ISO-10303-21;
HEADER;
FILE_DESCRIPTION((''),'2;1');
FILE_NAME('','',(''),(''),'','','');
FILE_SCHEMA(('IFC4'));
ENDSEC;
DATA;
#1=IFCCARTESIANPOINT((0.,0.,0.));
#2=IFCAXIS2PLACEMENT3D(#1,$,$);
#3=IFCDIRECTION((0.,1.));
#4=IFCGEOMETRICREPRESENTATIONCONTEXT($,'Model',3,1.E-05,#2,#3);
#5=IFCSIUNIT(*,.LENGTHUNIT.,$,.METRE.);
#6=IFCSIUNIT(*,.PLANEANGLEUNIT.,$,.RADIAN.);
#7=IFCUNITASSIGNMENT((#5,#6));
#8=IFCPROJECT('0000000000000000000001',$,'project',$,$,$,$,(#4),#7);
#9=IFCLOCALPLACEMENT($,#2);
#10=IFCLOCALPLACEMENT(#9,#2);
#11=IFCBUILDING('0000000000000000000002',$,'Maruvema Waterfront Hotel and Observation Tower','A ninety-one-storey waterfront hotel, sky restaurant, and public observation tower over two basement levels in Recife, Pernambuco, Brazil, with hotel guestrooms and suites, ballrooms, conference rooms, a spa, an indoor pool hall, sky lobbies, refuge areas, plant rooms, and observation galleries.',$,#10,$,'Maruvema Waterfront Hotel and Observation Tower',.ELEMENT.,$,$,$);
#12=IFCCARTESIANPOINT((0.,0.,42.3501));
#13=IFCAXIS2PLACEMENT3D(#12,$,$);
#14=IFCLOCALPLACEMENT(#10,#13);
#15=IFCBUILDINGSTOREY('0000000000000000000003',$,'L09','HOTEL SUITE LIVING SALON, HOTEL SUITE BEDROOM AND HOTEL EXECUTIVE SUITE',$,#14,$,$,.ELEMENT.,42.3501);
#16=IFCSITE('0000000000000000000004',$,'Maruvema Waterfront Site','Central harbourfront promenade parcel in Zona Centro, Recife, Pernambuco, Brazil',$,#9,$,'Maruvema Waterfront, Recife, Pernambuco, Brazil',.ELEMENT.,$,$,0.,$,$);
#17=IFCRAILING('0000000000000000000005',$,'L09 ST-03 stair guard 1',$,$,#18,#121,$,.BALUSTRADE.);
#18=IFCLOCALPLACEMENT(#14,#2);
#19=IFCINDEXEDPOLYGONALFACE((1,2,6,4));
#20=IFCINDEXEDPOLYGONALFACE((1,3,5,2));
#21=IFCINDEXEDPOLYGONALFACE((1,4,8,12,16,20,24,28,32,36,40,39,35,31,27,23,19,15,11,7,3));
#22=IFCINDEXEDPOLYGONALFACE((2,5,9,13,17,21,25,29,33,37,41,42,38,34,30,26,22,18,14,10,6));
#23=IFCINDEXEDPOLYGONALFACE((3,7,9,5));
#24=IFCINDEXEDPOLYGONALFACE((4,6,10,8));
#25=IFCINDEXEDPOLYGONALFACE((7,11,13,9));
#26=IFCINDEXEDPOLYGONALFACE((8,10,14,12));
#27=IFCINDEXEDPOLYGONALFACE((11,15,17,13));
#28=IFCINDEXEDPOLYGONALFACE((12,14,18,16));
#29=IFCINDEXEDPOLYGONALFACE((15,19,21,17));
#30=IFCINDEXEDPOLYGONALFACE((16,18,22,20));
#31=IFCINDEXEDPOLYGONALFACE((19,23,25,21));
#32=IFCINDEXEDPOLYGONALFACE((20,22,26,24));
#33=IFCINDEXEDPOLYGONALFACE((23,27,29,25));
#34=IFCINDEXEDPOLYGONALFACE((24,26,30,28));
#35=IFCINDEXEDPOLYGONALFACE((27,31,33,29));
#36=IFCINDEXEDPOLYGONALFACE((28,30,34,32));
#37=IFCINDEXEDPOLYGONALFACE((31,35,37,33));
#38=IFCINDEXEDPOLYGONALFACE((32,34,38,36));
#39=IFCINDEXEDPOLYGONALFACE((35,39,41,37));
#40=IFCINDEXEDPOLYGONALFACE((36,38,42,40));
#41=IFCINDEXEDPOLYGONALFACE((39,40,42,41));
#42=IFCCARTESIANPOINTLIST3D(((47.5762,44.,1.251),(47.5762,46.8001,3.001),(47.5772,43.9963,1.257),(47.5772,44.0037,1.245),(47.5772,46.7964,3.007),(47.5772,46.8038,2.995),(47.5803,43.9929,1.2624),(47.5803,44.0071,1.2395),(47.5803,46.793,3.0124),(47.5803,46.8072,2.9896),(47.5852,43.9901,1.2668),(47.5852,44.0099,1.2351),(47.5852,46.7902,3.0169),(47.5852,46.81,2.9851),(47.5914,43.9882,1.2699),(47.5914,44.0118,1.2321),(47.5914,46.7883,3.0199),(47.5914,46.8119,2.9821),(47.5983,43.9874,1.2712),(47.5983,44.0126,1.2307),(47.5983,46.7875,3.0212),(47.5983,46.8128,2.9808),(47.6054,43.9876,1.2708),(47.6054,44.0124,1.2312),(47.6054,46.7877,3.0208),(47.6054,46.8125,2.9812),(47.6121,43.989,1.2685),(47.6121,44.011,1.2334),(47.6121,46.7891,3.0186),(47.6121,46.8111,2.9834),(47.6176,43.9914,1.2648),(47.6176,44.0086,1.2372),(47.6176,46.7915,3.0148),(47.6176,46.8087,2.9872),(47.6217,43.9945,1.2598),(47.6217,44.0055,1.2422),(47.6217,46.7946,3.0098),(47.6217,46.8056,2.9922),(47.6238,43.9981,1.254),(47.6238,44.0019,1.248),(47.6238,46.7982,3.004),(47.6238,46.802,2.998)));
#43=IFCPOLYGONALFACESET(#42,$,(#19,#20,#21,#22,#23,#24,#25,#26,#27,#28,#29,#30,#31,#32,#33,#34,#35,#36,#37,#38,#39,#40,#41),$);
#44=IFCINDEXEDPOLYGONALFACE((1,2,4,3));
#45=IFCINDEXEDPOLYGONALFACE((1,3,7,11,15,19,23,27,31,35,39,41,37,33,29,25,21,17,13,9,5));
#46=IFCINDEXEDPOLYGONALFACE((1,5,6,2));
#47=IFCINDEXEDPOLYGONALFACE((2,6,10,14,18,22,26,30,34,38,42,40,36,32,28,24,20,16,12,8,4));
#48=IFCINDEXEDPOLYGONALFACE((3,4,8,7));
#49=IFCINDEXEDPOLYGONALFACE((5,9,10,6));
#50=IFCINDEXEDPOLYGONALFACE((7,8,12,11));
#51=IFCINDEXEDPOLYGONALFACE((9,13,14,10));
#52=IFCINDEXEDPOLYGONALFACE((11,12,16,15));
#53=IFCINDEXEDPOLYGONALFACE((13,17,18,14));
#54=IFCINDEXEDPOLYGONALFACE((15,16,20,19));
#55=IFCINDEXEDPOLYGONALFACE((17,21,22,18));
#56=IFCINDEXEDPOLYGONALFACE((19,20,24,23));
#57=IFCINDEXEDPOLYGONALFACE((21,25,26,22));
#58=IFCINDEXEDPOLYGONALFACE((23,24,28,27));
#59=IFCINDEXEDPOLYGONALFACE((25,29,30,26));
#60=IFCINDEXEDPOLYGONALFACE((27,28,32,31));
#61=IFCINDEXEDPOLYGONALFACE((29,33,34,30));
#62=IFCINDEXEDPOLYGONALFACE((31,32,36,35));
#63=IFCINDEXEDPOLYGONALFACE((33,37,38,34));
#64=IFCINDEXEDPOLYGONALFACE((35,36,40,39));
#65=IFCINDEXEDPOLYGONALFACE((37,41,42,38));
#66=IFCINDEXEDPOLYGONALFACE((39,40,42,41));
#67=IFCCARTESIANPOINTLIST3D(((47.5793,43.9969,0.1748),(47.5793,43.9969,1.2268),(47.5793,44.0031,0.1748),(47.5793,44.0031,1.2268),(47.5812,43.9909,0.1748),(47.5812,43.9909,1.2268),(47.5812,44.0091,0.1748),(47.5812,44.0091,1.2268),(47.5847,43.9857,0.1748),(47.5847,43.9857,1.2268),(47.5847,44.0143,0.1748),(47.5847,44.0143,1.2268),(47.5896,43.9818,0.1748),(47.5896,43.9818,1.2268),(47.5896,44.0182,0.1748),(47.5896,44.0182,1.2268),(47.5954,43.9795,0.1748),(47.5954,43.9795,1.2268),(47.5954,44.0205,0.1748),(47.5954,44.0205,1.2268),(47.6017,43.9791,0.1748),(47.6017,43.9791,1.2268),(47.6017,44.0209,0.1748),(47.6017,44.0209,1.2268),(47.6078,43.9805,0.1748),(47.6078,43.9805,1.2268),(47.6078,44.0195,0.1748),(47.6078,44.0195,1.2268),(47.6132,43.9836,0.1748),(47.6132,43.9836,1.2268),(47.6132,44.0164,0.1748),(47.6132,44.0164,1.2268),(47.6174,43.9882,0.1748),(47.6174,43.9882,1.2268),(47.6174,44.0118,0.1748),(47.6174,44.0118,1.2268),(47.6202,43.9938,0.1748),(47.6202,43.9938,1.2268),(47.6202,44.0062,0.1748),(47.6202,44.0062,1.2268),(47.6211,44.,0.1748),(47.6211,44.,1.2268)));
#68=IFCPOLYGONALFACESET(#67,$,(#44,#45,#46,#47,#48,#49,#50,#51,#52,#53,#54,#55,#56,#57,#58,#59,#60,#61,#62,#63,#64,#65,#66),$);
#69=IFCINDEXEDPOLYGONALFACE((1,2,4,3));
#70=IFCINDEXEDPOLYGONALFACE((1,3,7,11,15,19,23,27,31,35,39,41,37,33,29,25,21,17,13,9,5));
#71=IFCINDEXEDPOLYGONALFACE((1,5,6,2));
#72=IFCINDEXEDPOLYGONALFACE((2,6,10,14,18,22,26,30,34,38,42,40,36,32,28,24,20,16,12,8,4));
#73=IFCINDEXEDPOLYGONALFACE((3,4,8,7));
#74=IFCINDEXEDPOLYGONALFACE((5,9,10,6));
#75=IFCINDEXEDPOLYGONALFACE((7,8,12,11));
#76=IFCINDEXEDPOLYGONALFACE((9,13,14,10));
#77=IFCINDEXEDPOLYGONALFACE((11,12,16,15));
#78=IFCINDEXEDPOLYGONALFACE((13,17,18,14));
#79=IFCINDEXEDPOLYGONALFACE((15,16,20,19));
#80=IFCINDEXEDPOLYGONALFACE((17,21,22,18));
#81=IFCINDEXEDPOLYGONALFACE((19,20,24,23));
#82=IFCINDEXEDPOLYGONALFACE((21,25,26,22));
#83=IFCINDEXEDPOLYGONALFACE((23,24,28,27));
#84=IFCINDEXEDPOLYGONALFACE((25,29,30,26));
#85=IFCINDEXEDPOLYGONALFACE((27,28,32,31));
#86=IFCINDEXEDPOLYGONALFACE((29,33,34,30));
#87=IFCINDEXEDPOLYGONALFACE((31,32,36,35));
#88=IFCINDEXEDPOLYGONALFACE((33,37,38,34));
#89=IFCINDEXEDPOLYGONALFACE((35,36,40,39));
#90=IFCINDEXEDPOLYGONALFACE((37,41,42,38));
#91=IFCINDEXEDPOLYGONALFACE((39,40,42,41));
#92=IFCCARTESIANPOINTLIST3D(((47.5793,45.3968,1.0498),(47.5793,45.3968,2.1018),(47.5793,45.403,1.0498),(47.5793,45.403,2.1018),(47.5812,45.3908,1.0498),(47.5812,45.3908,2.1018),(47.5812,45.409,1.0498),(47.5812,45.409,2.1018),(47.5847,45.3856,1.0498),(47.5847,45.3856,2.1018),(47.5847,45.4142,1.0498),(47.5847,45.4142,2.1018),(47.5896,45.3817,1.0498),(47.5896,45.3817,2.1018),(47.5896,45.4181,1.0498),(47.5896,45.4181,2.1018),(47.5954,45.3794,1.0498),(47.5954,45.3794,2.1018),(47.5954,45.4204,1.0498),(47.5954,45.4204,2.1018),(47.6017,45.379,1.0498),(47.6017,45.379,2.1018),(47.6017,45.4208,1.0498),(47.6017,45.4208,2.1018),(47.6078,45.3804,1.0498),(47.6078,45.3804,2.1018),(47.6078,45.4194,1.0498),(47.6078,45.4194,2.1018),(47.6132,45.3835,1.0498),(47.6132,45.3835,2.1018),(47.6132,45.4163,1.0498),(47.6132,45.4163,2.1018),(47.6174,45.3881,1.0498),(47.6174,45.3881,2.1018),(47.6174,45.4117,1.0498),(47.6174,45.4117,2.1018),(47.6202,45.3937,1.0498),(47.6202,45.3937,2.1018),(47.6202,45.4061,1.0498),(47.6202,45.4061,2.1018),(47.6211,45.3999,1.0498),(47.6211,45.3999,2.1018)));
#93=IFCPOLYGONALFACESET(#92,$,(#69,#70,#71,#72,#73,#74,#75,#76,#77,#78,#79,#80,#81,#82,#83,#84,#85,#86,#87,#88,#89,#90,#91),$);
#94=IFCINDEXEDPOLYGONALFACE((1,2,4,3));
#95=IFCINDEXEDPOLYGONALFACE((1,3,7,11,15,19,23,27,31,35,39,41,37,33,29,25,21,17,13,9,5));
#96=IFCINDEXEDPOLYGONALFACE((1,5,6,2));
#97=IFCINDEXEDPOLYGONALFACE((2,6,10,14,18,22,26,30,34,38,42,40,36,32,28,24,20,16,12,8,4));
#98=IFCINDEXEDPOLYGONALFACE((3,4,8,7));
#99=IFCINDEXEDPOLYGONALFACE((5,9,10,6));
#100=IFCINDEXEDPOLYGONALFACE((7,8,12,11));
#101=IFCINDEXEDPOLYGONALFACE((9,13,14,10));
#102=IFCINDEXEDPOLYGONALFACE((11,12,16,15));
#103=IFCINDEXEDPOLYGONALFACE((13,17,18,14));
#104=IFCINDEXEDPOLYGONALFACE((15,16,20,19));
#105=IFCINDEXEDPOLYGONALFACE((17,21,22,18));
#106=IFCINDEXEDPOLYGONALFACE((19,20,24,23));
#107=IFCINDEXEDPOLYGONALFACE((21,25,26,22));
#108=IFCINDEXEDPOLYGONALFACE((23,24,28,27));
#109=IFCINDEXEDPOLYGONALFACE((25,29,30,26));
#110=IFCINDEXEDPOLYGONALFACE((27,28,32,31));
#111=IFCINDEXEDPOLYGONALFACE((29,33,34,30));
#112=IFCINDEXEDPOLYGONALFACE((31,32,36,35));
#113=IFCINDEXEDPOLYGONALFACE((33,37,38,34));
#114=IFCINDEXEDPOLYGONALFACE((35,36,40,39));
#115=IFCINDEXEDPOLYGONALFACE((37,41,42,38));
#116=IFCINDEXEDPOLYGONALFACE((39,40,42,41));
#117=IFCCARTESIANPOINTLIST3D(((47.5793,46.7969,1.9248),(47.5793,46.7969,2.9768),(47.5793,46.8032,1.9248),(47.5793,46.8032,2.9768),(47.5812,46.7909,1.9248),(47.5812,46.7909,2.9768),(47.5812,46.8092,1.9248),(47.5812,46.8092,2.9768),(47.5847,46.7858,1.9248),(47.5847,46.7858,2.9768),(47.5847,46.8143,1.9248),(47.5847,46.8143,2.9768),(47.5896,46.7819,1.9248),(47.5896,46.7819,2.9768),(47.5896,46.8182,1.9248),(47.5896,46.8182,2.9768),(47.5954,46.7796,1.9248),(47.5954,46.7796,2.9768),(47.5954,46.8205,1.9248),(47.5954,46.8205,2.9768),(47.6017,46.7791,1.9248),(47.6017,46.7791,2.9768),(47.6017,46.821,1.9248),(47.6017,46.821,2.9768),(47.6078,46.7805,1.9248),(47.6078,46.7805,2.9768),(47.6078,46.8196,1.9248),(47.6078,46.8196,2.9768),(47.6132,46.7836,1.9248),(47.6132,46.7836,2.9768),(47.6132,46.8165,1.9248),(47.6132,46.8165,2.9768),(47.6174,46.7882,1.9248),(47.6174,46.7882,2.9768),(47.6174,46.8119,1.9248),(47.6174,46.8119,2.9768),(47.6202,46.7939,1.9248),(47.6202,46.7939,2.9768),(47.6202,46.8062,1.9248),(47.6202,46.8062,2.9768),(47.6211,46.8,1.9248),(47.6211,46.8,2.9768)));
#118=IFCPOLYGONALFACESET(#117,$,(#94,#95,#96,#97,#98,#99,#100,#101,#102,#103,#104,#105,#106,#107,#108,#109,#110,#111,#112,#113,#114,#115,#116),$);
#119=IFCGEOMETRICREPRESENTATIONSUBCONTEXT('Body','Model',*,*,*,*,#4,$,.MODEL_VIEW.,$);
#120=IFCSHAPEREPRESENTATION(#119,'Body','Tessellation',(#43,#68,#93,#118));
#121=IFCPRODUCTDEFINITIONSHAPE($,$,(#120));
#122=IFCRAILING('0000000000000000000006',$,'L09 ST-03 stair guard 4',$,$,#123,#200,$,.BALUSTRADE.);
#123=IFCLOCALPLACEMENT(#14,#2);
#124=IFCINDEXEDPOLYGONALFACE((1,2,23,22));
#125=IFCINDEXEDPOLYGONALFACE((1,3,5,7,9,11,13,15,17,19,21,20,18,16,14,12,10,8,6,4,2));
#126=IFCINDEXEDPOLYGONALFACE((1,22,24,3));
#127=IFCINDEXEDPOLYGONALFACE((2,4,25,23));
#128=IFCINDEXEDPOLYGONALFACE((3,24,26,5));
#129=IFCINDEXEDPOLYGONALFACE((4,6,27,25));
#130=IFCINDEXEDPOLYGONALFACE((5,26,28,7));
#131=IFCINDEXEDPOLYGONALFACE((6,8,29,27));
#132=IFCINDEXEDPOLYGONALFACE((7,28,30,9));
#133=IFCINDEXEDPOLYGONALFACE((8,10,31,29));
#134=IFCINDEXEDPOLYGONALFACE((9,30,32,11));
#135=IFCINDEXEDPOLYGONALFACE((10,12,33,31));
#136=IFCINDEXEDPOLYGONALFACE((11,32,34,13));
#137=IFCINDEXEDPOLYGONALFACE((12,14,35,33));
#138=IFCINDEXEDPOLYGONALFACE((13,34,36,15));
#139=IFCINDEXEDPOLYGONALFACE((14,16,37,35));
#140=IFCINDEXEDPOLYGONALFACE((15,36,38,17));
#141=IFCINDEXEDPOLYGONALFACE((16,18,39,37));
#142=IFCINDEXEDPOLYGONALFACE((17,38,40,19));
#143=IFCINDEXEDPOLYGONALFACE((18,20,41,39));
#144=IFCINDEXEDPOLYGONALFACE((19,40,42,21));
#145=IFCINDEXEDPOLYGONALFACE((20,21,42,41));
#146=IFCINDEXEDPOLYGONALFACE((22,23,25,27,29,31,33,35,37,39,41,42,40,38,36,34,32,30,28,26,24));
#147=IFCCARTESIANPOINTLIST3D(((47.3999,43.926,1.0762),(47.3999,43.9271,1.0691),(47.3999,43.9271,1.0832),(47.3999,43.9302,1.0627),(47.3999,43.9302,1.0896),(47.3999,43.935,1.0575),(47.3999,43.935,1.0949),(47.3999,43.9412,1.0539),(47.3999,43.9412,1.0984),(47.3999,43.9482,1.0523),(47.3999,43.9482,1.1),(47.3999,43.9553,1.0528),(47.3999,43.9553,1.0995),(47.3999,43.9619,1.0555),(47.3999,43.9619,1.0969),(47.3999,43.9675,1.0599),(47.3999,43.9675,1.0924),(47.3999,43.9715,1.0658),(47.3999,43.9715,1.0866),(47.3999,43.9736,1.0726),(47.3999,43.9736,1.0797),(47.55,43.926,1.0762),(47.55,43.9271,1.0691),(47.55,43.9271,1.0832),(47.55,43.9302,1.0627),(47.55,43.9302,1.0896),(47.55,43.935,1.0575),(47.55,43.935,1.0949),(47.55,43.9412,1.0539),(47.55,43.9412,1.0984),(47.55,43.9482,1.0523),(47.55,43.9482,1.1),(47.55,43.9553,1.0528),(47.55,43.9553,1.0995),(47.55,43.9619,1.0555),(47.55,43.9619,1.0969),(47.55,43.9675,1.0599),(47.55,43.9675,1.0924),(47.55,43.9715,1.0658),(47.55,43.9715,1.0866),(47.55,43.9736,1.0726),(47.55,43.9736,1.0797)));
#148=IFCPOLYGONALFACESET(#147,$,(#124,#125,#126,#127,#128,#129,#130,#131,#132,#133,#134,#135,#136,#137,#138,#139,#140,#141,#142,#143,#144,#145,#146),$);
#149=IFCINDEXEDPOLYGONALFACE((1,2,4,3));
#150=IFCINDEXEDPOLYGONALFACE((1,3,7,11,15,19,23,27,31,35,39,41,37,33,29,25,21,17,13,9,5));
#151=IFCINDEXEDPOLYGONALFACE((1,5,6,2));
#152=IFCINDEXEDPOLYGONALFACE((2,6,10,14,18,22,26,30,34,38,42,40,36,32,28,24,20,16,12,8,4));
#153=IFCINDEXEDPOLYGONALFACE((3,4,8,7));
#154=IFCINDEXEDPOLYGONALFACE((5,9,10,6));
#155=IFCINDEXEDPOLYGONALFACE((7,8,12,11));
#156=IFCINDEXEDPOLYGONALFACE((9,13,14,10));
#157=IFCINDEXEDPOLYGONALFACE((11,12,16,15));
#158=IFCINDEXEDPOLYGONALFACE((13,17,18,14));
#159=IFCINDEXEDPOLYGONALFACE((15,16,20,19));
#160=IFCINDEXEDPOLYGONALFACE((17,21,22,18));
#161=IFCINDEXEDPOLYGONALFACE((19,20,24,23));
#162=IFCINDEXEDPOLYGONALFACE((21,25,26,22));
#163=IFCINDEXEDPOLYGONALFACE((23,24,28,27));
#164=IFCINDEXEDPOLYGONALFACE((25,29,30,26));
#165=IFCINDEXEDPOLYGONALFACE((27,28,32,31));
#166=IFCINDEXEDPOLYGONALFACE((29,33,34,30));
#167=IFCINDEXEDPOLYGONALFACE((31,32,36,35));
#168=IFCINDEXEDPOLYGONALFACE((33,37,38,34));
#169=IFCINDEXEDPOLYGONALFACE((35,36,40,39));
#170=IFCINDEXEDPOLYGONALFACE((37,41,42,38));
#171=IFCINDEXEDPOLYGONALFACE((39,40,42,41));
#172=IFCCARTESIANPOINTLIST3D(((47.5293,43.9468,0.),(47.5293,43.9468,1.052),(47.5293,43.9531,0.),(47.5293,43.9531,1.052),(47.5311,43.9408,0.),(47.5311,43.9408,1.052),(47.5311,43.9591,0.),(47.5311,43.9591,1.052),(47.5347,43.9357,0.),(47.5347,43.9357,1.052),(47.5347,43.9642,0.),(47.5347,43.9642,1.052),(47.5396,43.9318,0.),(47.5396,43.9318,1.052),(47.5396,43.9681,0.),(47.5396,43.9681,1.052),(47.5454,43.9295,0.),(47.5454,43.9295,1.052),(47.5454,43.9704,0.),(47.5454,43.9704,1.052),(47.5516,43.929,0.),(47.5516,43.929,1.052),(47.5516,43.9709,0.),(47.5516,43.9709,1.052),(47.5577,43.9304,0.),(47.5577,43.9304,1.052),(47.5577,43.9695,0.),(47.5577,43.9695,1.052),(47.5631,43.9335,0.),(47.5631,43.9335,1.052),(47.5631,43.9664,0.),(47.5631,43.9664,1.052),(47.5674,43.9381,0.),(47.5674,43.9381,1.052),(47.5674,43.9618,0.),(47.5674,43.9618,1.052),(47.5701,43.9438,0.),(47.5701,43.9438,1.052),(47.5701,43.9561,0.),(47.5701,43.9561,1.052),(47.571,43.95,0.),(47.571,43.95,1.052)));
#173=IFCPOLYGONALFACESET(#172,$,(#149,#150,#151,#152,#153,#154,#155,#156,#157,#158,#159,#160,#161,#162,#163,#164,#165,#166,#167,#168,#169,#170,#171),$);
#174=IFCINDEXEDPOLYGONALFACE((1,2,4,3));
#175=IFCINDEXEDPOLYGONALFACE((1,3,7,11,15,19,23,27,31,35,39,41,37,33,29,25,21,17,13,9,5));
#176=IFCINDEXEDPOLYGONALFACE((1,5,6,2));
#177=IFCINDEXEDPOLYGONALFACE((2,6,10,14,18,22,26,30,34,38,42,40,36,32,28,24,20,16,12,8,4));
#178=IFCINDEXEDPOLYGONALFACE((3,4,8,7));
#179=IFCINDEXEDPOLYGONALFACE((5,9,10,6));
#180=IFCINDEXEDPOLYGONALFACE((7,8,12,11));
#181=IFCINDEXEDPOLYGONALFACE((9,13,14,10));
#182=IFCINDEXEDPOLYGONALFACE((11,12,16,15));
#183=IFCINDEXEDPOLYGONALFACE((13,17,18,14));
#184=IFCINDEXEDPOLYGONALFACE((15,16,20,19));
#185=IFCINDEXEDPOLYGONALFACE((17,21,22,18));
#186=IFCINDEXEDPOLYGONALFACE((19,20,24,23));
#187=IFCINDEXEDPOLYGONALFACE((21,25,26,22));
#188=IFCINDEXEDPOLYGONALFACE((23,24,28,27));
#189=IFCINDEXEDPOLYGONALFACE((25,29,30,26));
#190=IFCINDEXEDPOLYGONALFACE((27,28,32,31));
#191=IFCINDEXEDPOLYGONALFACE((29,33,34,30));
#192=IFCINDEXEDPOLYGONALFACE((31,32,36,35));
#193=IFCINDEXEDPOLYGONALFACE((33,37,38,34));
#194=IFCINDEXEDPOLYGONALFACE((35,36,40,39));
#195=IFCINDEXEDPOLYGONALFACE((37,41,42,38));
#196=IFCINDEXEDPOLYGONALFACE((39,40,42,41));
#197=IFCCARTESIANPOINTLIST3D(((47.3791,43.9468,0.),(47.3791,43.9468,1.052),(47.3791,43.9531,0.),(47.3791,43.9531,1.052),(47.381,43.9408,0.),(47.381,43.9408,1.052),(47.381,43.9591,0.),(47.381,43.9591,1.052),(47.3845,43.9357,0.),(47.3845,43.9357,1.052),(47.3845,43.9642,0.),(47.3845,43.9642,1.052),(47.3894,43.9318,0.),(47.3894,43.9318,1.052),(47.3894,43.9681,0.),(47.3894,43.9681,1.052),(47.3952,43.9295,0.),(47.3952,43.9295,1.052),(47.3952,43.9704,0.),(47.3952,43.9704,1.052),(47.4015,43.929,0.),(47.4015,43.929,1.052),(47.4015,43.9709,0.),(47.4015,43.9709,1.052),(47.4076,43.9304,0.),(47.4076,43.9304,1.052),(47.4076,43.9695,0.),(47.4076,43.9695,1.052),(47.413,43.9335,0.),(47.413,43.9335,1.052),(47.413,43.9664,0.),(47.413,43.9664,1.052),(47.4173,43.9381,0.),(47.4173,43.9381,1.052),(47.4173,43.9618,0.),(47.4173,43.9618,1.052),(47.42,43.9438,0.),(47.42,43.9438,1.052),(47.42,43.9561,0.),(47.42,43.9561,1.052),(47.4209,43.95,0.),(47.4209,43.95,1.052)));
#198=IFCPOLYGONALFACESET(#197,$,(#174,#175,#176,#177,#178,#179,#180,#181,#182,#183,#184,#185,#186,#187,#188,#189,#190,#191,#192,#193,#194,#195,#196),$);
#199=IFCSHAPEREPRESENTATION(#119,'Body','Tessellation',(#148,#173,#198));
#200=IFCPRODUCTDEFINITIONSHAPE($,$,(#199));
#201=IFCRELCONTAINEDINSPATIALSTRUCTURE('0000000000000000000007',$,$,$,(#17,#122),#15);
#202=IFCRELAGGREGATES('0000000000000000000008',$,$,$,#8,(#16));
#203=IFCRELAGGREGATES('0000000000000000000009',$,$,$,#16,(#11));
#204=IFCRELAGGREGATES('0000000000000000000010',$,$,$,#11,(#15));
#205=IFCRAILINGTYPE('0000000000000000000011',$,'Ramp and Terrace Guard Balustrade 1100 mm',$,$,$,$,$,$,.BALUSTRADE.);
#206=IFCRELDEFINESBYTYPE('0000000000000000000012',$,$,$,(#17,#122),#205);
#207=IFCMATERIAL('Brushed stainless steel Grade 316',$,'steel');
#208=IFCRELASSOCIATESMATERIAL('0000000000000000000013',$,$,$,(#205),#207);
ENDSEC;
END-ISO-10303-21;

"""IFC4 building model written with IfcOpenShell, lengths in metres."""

from ifc_helpers import new_model, si_unit, direction, frame, origin, origin_2d, place, context, subcontext, project, spatial, circle, extrude, material, type_object, element, save


model = new_model("IFC4")

# Units and contexts
model_context = context("Model", 3, precision=1e-05, world=origin(), true_north=direction((0.0, 1.0)))
body_context = subcontext(model_context, "Body", "Model", "MODEL_VIEW")
ifc_project = project(units=[si_unit("LENGTHUNIT", "METRE"), si_unit("PLANEANGLEUNIT", "RADIAN")], contexts=[model_context])

# Site, building, storey
site_placement = place(None, origin())
site = spatial("IfcSite", under=ifc_project, at=site_placement, Name="Maruvema Waterfront Site", Description="Central harbourfront promenade parcel in Zona Centro, Recife, Pernambuco, Brazil", LongName="Maruvema Waterfront, Recife, Pernambuco, Brazil", CompositionType="ELEMENT", RefElevation=0.0)
building_placement = place(site_placement, origin())
building = spatial("IfcBuilding", under=site, at=building_placement, Name="Maruvema Waterfront Hotel and Observation Tower", Description="A ninety-one-storey waterfront hotel, sky restaurant, and public observation tower over two basement levels in Recife, Pernambuco, Brazil, with hotel guestrooms and suites, ballrooms, conference rooms, a spa, an indoor pool hall, sky lobbies, refuge areas, plant rooms, and observation galleries.", LongName="Maruvema Waterfront Hotel and Observation Tower", CompositionType="ELEMENT")
storey_placement = place(building_placement, frame((0.0, 0.0, 42.3501)))
storey = spatial("IfcBuildingStorey", under=building, at=storey_placement, Name="L09", Description="HOTEL SUITE LIVING SALON, HOTEL SUITE BEDROOM AND HOTEL EXECUTIVE SUITE", CompositionType="ELEMENT", Elevation=42.3501)

# Railings
ifc_material_1 = material(Name="Brushed stainless steel Grade 316", Category="steel")
railing_type_1 = type_object("IfcRailingType", Name="Ramp and Terrace Guard Balustrade 1100 mm", PredefinedType="BALUSTRADE", material=ifc_material_1)
railing_1_placement = place(storey_placement, frame((47.6001, 44.0, 0.1748)))
element("IfcRailing", 1, at=railing_1_placement, inside=storey, type_object=railing_type_1, Name="L09 ST-03 stair guard 1", PredefinedType="BALUSTRADE", context=body_context, shape_type="SweptSolid", body=[
    extrude(circle(Radius=0.0239, at=origin_2d()), frame((0.0, 0.0, 1.0762), z_axis=(0.0, 0.848002, 0.529992), x_axis=(-1.0, 0.0, 0.0)), (0.0, 0.0, 1.0), 3.302),
    extrude(circle(Radius=0.021, at=origin_2d()), origin(), (0.0, 0.0, 1.0), 1.052),
    extrude(circle(Radius=0.021, at=origin_2d()), frame((0.0, 1.3999, 0.875)), (0.0, 0.0, 1.0), 1.052),
    extrude(circle(Radius=0.021, at=origin_2d()), frame((0.0, 2.8, 1.75)), (0.0, 0.0, 1.0), 1.052),
])
railing_2_placement = place(storey_placement, frame((47.55, 43.95, 0.0)))
element("IfcRailing", 2, at=railing_2_placement, inside=storey, type_object=railing_type_1, Name="L09 ST-03 stair guard 4", PredefinedType="BALUSTRADE", context=body_context, shape_type="SweptSolid", body=[
    extrude(circle(Radius=0.0239, at=origin_2d()), frame((0.0, 0.0, 1.0762), z_axis=(-1.0, 0.0, 0.0), x_axis=(0.0, -1.0, 0.0)), (0.0, 0.0, 1.0), 0.1501),
    extrude(circle(Radius=0.021, at=origin_2d()), origin(), (0.0, 0.0, 1.0), 1.052),
    extrude(circle(Radius=0.021, at=origin_2d()), frame((-0.1501, 0.0, 0.0)), (0.0, 0.0, 1.0), 1.052),
])

save(model, "model.ifc")
